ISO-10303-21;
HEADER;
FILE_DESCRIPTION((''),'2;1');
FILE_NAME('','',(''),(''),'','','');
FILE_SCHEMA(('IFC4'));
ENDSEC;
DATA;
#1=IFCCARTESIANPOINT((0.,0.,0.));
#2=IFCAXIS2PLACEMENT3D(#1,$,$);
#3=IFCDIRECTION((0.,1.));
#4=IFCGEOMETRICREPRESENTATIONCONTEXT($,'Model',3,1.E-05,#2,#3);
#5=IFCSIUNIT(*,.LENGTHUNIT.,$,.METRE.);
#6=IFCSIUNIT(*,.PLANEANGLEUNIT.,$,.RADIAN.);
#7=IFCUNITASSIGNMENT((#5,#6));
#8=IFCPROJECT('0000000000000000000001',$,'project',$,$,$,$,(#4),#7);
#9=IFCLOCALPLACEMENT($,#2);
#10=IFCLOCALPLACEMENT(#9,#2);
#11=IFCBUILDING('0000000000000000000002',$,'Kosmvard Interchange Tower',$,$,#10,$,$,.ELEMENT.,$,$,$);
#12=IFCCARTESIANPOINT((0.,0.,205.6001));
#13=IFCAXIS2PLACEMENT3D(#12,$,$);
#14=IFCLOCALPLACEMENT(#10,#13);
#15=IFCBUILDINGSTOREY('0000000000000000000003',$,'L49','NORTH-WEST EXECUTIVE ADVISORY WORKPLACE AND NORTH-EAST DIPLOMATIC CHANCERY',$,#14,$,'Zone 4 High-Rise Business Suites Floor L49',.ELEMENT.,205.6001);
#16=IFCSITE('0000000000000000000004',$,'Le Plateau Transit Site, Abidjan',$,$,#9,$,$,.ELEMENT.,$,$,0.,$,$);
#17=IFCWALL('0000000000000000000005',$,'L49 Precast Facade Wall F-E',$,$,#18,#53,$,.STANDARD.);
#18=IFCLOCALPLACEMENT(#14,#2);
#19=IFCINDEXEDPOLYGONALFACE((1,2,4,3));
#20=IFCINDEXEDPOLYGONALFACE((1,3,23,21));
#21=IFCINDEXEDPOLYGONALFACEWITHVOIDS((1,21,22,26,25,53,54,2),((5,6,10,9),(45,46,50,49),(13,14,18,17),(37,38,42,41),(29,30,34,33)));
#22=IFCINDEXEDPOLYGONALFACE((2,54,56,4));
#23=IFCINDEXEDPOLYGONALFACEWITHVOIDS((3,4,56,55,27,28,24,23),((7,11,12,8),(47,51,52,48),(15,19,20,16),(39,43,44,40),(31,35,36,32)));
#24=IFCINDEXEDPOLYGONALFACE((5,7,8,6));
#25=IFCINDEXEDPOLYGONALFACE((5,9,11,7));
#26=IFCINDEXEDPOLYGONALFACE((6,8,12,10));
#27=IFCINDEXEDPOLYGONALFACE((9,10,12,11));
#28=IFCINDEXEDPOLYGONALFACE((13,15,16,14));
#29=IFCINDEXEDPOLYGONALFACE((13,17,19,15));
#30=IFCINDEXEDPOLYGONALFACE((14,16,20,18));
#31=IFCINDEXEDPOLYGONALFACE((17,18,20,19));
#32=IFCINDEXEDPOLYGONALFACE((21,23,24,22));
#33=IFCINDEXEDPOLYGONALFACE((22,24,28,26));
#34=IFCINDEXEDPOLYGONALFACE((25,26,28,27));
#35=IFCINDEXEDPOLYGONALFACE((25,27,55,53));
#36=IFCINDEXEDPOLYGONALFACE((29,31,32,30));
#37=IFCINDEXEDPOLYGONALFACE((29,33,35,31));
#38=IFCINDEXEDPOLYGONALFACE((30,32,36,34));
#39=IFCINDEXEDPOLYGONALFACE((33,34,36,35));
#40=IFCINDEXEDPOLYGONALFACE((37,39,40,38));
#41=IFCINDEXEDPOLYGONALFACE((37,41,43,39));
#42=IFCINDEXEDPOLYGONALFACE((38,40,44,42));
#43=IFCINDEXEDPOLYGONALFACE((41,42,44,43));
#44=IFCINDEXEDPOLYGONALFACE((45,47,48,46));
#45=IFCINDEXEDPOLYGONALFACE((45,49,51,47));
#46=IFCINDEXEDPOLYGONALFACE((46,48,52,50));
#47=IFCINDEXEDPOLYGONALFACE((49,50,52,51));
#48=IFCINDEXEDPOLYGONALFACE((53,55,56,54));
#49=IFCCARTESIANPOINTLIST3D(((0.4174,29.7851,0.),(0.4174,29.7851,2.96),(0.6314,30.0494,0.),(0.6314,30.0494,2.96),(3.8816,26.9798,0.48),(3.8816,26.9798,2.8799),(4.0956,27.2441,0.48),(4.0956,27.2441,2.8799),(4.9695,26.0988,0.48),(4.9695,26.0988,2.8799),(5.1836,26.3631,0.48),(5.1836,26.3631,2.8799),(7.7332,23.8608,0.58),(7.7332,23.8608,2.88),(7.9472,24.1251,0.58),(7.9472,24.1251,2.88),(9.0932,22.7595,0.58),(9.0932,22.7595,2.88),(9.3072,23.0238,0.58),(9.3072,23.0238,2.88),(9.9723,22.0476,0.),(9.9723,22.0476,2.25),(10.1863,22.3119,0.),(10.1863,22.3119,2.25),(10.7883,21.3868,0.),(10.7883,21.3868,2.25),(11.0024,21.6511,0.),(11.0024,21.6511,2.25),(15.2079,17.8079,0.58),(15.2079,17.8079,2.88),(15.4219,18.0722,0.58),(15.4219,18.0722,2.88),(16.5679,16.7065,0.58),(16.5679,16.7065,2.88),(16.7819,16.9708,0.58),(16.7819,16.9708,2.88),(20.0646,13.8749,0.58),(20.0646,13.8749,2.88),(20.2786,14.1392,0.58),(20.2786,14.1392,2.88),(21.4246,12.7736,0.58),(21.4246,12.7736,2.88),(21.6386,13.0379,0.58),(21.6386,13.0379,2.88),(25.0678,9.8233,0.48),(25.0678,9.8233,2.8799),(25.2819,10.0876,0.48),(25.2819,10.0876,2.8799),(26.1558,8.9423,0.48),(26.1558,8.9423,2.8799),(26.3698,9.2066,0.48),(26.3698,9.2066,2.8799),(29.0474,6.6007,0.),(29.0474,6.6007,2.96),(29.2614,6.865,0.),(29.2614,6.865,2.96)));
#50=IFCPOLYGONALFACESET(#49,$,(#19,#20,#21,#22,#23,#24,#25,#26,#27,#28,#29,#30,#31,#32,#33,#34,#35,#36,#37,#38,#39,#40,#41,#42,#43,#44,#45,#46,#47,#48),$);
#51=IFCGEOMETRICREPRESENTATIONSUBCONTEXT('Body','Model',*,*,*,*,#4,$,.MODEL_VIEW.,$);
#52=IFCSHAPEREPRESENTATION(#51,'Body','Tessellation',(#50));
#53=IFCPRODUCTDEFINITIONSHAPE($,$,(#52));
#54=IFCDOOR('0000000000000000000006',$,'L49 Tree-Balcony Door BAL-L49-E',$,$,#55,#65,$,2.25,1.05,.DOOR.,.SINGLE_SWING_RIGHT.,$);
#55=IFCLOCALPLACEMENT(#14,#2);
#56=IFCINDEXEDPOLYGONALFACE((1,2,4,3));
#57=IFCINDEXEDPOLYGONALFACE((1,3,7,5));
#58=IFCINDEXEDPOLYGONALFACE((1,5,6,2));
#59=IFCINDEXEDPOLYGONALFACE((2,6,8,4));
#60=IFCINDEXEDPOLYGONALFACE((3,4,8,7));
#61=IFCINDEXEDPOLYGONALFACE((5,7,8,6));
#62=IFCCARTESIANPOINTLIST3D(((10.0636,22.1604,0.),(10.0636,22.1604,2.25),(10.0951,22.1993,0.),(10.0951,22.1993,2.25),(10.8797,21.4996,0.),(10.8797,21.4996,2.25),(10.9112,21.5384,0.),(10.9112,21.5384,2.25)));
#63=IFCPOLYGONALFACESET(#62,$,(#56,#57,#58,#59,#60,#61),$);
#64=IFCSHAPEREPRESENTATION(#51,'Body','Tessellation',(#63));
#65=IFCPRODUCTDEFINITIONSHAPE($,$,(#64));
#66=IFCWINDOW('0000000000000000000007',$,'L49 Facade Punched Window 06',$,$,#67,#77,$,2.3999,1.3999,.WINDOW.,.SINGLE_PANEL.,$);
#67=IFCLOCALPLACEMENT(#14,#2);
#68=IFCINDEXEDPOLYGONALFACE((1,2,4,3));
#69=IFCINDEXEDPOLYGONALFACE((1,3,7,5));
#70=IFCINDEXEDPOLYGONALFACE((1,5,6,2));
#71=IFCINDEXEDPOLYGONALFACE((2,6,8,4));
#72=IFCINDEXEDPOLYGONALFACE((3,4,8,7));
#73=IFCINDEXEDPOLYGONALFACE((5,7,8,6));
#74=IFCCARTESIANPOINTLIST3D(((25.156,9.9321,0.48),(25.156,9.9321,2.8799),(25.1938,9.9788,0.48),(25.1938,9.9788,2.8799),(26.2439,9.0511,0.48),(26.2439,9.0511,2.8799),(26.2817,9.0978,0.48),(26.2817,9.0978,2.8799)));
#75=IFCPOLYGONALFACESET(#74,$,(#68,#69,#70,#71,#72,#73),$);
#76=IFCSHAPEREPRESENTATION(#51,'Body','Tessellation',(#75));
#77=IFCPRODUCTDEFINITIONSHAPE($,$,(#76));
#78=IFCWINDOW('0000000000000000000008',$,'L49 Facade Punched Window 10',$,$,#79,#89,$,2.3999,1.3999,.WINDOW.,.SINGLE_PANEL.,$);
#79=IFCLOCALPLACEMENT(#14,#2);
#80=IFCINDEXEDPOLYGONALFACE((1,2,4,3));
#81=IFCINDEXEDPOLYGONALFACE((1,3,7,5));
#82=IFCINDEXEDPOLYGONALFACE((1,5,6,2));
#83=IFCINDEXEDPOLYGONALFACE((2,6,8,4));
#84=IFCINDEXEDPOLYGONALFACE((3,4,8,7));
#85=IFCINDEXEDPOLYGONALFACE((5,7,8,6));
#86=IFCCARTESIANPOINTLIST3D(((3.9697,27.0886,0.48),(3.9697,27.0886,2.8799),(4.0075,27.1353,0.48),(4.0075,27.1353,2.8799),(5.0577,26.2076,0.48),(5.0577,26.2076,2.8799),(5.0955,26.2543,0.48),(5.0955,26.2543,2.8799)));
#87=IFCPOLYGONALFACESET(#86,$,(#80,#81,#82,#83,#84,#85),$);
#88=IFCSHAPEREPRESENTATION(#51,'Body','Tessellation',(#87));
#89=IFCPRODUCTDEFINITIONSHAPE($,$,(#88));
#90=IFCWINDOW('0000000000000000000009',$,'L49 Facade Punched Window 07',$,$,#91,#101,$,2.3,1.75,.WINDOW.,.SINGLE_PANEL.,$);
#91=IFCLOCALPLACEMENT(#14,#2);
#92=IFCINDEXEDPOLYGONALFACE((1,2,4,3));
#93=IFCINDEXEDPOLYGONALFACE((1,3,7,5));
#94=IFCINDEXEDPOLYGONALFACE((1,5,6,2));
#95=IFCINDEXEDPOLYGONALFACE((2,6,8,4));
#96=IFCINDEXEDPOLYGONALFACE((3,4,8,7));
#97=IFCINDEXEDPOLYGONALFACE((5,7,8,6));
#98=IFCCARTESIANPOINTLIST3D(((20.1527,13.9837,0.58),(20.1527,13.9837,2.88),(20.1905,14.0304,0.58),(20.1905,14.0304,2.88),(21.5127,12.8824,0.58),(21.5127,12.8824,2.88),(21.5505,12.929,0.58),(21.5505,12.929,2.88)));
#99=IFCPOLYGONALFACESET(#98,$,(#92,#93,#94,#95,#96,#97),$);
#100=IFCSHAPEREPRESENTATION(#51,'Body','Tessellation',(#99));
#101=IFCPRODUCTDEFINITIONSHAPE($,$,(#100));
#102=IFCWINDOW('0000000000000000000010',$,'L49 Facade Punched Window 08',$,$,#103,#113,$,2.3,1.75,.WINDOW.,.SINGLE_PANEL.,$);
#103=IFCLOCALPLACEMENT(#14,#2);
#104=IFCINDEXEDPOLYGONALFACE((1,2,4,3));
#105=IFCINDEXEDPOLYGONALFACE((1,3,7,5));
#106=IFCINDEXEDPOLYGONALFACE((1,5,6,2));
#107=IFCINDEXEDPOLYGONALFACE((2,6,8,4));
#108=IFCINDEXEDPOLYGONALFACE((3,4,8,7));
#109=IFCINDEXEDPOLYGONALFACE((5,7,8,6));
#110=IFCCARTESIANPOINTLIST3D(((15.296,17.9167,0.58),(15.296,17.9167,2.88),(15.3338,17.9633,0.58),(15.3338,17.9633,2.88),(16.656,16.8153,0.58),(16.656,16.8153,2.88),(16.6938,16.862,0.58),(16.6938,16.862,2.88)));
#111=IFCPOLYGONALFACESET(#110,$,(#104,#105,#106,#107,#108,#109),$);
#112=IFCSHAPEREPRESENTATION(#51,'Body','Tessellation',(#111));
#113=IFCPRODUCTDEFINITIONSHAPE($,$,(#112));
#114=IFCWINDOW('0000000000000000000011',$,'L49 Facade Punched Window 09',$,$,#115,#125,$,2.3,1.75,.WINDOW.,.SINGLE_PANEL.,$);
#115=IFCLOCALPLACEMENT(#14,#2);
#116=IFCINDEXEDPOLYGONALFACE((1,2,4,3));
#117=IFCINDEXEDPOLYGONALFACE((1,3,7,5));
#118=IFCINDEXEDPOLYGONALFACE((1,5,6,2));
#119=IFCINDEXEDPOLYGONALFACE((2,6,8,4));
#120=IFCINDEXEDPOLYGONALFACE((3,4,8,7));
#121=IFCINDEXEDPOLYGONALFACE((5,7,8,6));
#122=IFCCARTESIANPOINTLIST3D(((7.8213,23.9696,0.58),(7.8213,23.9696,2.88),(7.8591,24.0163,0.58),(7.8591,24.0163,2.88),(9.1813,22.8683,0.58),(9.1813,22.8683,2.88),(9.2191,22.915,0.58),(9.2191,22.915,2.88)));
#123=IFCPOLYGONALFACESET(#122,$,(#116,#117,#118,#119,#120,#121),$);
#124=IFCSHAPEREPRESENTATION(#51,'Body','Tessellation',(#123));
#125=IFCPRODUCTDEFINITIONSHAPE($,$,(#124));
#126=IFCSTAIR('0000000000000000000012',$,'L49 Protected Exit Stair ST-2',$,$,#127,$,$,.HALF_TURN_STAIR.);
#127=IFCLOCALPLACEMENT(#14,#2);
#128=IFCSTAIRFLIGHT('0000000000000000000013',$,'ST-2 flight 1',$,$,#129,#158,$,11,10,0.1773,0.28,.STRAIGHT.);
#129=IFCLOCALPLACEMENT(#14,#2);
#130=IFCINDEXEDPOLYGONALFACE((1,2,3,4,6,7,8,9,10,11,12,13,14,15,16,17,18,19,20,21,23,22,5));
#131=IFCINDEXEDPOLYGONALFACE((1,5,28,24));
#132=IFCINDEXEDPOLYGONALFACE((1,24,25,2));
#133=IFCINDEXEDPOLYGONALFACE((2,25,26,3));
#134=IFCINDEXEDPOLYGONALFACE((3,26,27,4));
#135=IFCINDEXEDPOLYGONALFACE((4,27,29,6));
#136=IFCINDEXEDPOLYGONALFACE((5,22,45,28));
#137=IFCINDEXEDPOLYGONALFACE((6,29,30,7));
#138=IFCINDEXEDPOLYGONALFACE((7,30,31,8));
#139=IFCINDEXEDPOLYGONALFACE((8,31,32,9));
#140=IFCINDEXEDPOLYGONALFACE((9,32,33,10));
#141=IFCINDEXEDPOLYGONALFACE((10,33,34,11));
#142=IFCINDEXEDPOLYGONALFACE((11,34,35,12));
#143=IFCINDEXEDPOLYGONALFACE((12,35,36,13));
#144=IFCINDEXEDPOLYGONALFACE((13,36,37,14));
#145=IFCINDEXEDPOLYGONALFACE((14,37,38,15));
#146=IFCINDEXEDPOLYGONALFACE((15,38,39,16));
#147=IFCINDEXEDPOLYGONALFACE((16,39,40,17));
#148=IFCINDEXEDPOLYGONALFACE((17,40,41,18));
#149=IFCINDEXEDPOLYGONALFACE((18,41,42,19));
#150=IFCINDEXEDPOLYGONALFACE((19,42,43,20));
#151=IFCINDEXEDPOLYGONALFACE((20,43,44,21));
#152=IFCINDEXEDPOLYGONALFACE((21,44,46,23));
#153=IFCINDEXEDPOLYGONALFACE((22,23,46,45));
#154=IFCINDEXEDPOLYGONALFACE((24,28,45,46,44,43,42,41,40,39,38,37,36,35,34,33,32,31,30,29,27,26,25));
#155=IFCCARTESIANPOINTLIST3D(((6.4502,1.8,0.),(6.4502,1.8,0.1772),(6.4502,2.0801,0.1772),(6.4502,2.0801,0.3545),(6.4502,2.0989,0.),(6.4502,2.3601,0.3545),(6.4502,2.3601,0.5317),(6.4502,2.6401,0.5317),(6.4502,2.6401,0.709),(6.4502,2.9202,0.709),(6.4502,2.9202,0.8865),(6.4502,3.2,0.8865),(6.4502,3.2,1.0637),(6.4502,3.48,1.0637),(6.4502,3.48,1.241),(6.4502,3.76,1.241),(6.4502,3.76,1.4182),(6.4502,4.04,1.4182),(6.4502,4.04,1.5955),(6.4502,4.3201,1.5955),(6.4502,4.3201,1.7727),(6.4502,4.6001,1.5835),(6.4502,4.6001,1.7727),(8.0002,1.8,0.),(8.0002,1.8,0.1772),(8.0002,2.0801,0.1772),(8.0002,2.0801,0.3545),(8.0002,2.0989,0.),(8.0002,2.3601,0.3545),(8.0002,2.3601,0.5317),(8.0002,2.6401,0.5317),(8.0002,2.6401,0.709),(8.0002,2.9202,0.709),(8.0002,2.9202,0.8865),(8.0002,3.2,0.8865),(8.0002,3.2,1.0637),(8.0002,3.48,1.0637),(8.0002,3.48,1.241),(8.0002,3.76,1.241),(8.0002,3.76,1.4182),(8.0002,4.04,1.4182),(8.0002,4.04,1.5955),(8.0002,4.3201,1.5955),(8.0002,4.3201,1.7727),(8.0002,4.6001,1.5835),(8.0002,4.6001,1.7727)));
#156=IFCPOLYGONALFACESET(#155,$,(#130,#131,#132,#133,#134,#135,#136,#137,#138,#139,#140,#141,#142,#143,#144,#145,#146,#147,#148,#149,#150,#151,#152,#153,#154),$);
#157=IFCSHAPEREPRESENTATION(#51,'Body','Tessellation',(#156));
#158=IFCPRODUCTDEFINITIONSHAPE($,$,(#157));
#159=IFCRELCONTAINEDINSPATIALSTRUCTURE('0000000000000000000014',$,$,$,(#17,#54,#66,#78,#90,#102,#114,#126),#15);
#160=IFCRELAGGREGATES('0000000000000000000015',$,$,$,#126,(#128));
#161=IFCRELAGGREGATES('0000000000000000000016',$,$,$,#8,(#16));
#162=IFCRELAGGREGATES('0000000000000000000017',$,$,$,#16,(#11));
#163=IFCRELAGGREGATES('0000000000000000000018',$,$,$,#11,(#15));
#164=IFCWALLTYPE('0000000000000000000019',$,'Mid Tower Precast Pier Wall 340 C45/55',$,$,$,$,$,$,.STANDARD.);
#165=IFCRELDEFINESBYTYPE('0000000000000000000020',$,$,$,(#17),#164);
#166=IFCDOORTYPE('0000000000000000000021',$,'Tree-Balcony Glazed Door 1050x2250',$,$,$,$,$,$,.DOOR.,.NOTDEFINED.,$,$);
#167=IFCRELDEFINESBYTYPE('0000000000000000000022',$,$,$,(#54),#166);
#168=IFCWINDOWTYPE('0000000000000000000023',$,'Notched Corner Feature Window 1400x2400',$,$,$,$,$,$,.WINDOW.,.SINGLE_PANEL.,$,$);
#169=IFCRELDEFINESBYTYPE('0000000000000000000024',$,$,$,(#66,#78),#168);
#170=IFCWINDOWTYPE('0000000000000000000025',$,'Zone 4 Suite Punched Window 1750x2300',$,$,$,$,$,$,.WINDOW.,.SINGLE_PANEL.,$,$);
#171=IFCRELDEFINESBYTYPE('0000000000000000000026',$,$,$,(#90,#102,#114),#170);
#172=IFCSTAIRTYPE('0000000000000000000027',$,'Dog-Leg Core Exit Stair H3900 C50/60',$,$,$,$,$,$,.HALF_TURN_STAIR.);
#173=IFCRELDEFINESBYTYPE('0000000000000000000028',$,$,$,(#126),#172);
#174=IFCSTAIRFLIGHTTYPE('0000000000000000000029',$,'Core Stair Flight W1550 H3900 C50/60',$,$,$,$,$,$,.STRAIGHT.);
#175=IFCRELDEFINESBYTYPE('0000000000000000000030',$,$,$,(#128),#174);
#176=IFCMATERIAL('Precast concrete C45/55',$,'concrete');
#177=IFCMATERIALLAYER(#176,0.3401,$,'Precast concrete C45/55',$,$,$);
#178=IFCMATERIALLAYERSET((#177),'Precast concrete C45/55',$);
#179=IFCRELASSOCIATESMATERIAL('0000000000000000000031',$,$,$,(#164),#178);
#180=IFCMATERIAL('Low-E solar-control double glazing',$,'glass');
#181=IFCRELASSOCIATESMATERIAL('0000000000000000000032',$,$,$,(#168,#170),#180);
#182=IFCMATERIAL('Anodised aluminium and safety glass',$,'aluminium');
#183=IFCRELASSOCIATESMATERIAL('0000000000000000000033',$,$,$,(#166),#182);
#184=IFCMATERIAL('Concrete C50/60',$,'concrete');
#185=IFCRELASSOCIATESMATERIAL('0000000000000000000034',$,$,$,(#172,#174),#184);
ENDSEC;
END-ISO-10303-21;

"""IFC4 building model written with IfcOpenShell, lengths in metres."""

from ifc_helpers import new_model, si_unit, direction, frame, frame_2d, origin, place, context, subcontext, project, spatial, polyline, rectangle, outline, extrude, source, transform, mapped, material, layer, layer_set, type_object, element, fill, aggregate, save


model = new_model("IFC4")

# Units and contexts
model_context = context("Model", 3, precision=1e-05, world=origin(), true_north=direction((0.0, 1.0)))
body_context = subcontext(model_context, "Body", "Model", "MODEL_VIEW")
ifc_project = project(units=[si_unit("LENGTHUNIT", "METRE"), si_unit("PLANEANGLEUNIT", "RADIAN")], contexts=[model_context])

# Site, building, storey
site_placement = place(None, origin())
site = spatial("IfcSite", under=ifc_project, at=site_placement, Name="Le Plateau Transit Site, Abidjan", CompositionType="ELEMENT", RefElevation=0.0)
building_placement = place(site_placement, origin())
building = spatial("IfcBuilding", under=site, at=building_placement, Name="Kosmvard Interchange Tower", CompositionType="ELEMENT")
storey_placement = place(building_placement, frame((0.0, 0.0, 205.6001)))
storey = spatial("IfcBuildingStorey", under=building, at=storey_placement, Name="L49", Description="NORTH-WEST EXECUTIVE ADVISORY WORKPLACE AND NORTH-EAST DIPLOMATIC CHANCERY", LongName="Zone 4 High-Rise Business Suites Floor L49", CompositionType="ELEMENT", Elevation=205.6001)

# Shared definitions
ifc_material_1 = material(Name="Concrete C50/60", Category="concrete")

# Shared definitions
ifc_material_2 = material(Name="Precast concrete C45/55", Category="concrete")
ifc_layer_1 = layer(ifc_material_2, 0.3401, Name="Precast concrete C45/55")
ifc_layer_set_1 = layer_set([ifc_layer_1], Name="Precast concrete C45/55")
wall_type_1 = type_object("IfcWallType", Name="Mid Tower Precast Pier Wall 340 C45/55", PredefinedType="STANDARD", material=ifc_layer_set_1)
ifc_material_3 = material(Name="Low-E solar-control double glazing", Category="glass")
window_type_1 = type_object("IfcWindowType", Name="Notched Corner Feature Window 1400x2400", PartitioningType="SINGLE_PANEL", PredefinedType="WINDOW", material=ifc_material_3)
shared_shape_1 = source(origin(), body_context, "Body", "SweptSolid", [
    extrude(rectangle(XDim=1.3999, YDim=2.3999, at=frame_2d((0.7, 1.2))), frame((0.0, 0.03, 0.0), z_axis=(0.0, -1.0, 0.0), x_axis=(1.0, 0.0, 0.0)), (0.0, 0.0, 1.0), 0.0601),
])

# Wall, openings, door, windows
wall_1_placement = place(storey_placement, frame((29.1543, 6.7329, 0.0), z_axis=(0.0, 0.0, 1.0), x_axis=(-0.777142, 0.629325, 0.0)))
wall_1 = element("IfcWall", 1, at=wall_1_placement, inside=storey, type_object=wall_type_1, Name="L49 Precast Facade Wall F-E", PredefinedType="STANDARD", context=body_context, shape_type="SweptSolid", body=[
    extrude(rectangle(XDim=36.8401, YDim=0.3401, at=frame_2d((18.4199, 0.0))), origin(), (0.0, 0.0, 1.0), 2.96),
])
opening_1_placement = place(wall_1_placement, frame((23.4951, 0.0, 0.0)))
opening_1 = element("IfcOpeningElement", 2, at=opening_1_placement, cuts=wall_1, PredefinedType="OPENING", context=body_context, shape_type="SweptSolid", body=[
    extrude(rectangle(XDim=1.05, YDim=2.25, at=frame_2d((0.5249, 1.125))), frame((0.0, 0.1802, 0.0), z_axis=(0.0, -1.0, 0.0), x_axis=(1.0, 0.0, 0.0)), (0.0, 0.0, 1.0), 0.3601),
])
opening_2_placement = place(wall_1_placement, frame((3.7207, 0.0, 0.48)))
opening_2 = element("IfcOpeningElement", 3, at=opening_2_placement, cuts=wall_1, PredefinedType="OPENING", context=body_context, shape_type="SweptSolid", body=[
    extrude(rectangle(XDim=1.3999, YDim=2.3999, at=frame_2d((0.7, 1.2))), frame((0.0, 0.1802, 0.0), z_axis=(0.0, -1.0, 0.0), x_axis=(1.0, 0.0, 0.0)), (0.0, 0.0, 1.0), 0.3601),
])
opening_3_placement = place(wall_1_placement, frame((9.8086, 0.0, 0.5801)))
opening_3 = element("IfcOpeningElement", 4, at=opening_3_placement, cuts=wall_1, PredefinedType="OPENING", context=body_context, shape_type="SweptSolid", body=[
    extrude(rectangle(XDim=1.75, YDim=2.3, at=frame_2d((0.875, 1.1499))), frame((0.0, 0.1802, 0.0), z_axis=(0.0, -1.0, 0.0), x_axis=(1.0, 0.0, 0.0)), (0.0, 0.0, 1.0), 0.3601),
])
opening_4_placement = place(wall_1_placement, frame((16.0581, 0.0, 0.5801)))
opening_4 = element("IfcOpeningElement", 5, at=opening_4_placement, cuts=wall_1, PredefinedType="OPENING", context=body_context, shape_type="SweptSolid", body=[
    extrude(rectangle(XDim=1.75, YDim=2.3, at=frame_2d((0.875, 1.1499))), frame((0.0, 0.1802, 0.0), z_axis=(0.0, -1.0, 0.0), x_axis=(1.0, 0.0, 0.0)), (0.0, 0.0, 1.0), 0.3601),
])
opening_5_placement = place(wall_1_placement, frame((25.6763, 0.0, 0.5801)))
opening_5 = element("IfcOpeningElement", 6, at=opening_5_placement, cuts=wall_1, PredefinedType="OPENING", context=body_context, shape_type="SweptSolid", body=[
    extrude(rectangle(XDim=1.75, YDim=2.3, at=frame_2d((0.875, 1.1499))), frame((0.0, 0.1802, 0.0), z_axis=(0.0, -1.0, 0.0), x_axis=(1.0, 0.0, 0.0)), (0.0, 0.0, 1.0), 0.3601),
])
opening_6_placement = place(wall_1_placement, frame((30.9824, 0.0, 0.48)))
opening_6 = element("IfcOpeningElement", 7, at=opening_6_placement, cuts=wall_1, PredefinedType="OPENING", context=body_context, shape_type="SweptSolid", body=[
    extrude(rectangle(XDim=1.3999, YDim=2.3999, at=frame_2d((0.7, 1.2))), frame((0.0, 0.1802, 0.0), z_axis=(0.0, -1.0, 0.0), x_axis=(1.0, 0.0, 0.0)), (0.0, 0.0, 1.0), 0.3601),
])
ifc_material_4 = material(Name="Anodised aluminium and safety glass", Category="aluminium")
door_type_1 = type_object("IfcDoorType", Name="Tree-Balcony Glazed Door 1050x2250", OperationType="NOTDEFINED", PredefinedType="DOOR", material=ifc_material_4)
shared_shape_2 = source(origin(), body_context, "Body", "SweptSolid", [
    extrude(rectangle(XDim=1.05, YDim=2.25, at=frame_2d((0.5249, 1.125))), frame((0.0, 0.0249, 0.0), z_axis=(0.0, -1.0, 0.0), x_axis=(1.0, 0.0, 0.0)), (0.0, 0.0, 1.0), 0.05),
])
door_1_placement = place(opening_1_placement, origin())
door_1 = element("IfcDoor", 8, at=door_1_placement, inside=storey, type_object=door_type_1, Name="L49 Tree-Balcony Door BAL-L49-E", OperationType="SINGLE_SWING_RIGHT", OverallHeight=2.25, OverallWidth=1.05, PredefinedType="DOOR", context=body_context, shape_type="MappedRepresentation", body=[
    mapped(shared_shape_2, transform((0.0, 0.0, 0.0), scale=1.0)),
])
fill(opening_1, door_1)
window_1_placement = place(opening_2_placement, origin())
window_1 = element("IfcWindow", 9, at=window_1_placement, inside=storey, type_object=window_type_1, Name="L49 Facade Punched Window 06", OverallHeight=2.3999, OverallWidth=1.3999, PartitioningType="SINGLE_PANEL", PredefinedType="WINDOW", context=body_context, shape_type="MappedRepresentation", body=[
    mapped(shared_shape_1, transform((0.0, 0.0, 0.0), scale=1.0)),
])
fill(opening_2, window_1)
window_2_placement = place(opening_6_placement, origin())
window_2 = element("IfcWindow", 10, at=window_2_placement, inside=storey, type_object=window_type_1, Name="L49 Facade Punched Window 10", OverallHeight=2.3999, OverallWidth=1.3999, PartitioningType="SINGLE_PANEL", PredefinedType="WINDOW", context=body_context, shape_type="MappedRepresentation", body=[
    mapped(shared_shape_1, transform((0.0, 0.0, 0.0), scale=1.0)),
])
fill(opening_6, window_2)
window_type_2 = type_object("IfcWindowType", Name="Zone 4 Suite Punched Window 1750x2300", PartitioningType="SINGLE_PANEL", PredefinedType="WINDOW", material=ifc_material_3)
shared_shape_3 = source(origin(), body_context, "Body", "SweptSolid", [
    extrude(rectangle(XDim=1.75, YDim=2.3, at=frame_2d((0.875, 1.1499))), frame((0.0, 0.03, 0.0), z_axis=(0.0, -1.0, 0.0), x_axis=(1.0, 0.0, 0.0)), (0.0, 0.0, 1.0), 0.0601),
])
window_3_placement = place(opening_3_placement, origin())
window_3 = element("IfcWindow", 11, at=window_3_placement, inside=storey, type_object=window_type_2, Name="L49 Facade Punched Window 07", OverallHeight=2.3, OverallWidth=1.75, PartitioningType="SINGLE_PANEL", PredefinedType="WINDOW", context=body_context, shape_type="MappedRepresentation", body=[
    mapped(shared_shape_3, transform((0.0, 0.0, 0.0), scale=1.0)),
])
fill(opening_3, window_3)
window_4_placement = place(opening_4_placement, origin())
window_4 = element("IfcWindow", 12, at=window_4_placement, inside=storey, type_object=window_type_2, Name="L49 Facade Punched Window 08", OverallHeight=2.3, OverallWidth=1.75, PartitioningType="SINGLE_PANEL", PredefinedType="WINDOW", context=body_context, shape_type="MappedRepresentation", body=[
    mapped(shared_shape_3, transform((0.0, 0.0, 0.0), scale=1.0)),
])
fill(opening_4, window_4)
window_5_placement = place(opening_5_placement, origin())
window_5 = element("IfcWindow", 13, at=window_5_placement, inside=storey, type_object=window_type_2, Name="L49 Facade Punched Window 09", OverallHeight=2.3, OverallWidth=1.75, PartitioningType="SINGLE_PANEL", PredefinedType="WINDOW", context=body_context, shape_type="MappedRepresentation", body=[
    mapped(shared_shape_3, transform((0.0, 0.0, 0.0), scale=1.0)),
])
fill(opening_5, window_5)

# Stair, stair flight
stair_type = type_object("IfcStairType", Name="Dog-Leg Core Exit Stair H3900 C50/60", PredefinedType="HALF_TURN_STAIR", material=ifc_material_1)
stair_placement = place(storey_placement, origin())
stair = element("IfcStair", 14, at=stair_placement, inside=storey, type_object=stair_type, Name="L49 Protected Exit Stair ST-2", PredefinedType="HALF_TURN_STAIR")
stair_flight_type = type_object("IfcStairFlightType", Name="Core Stair Flight W1550 H3900 C50/60", PredefinedType="STRAIGHT", material=ifc_material_1)
shared_shape_4 = source(origin(), body_context, "Body", "SweptSolid", [
    extrude(outline(polyline([(0.0, 0.0), (0.0, 0.1772), (0.28, 0.1772), (0.28, 0.3545), (0.5601, 0.3545), (0.5601, 0.5317), (0.8401, 0.5317), (0.8401, 0.709), (1.1201, 0.709), (1.1201, 0.8865), (1.3999, 0.8865), (1.3999, 1.0637), (1.6799, 1.0637), (1.6799, 1.241), (1.96, 1.241), (1.96, 1.4182), (2.24, 1.4182), (2.24, 1.5955), (2.52, 1.5955), (2.52, 1.7727), (2.8, 1.7727), (2.8, 1.95), (2.8, 1.5835), (0.2988, 0.0), (0.0, 0.0)])), frame((0.0, 0.7749, 0.0), z_axis=(0.0, -1.0, 0.0), x_axis=(1.0, 0.0, 0.0)), (0.0, 0.0, 1.0), 1.55),
])
stair_flight_placement = place(storey_placement, frame((7.2251, 1.8, 0.0), z_axis=(0.0, 0.0, 1.0), x_axis=(0.0, 1.0, 0.0)))
stair_flight = element("IfcStairFlight", 15, at=stair_flight_placement, type_object=stair_flight_type, Name="ST-2 flight 1", NumberOfRisers=11, NumberOfTreads=10, PredefinedType="STRAIGHT", RiserHeight=0.1773, TreadLength=0.28, context=body_context, shape_type="MappedRepresentation", body=[
    mapped(shared_shape_4, transform((0.0, 0.0, 0.0), scale=1.0)),
])
aggregate(stair, [stair_flight])

save(model, "model.ifc")
